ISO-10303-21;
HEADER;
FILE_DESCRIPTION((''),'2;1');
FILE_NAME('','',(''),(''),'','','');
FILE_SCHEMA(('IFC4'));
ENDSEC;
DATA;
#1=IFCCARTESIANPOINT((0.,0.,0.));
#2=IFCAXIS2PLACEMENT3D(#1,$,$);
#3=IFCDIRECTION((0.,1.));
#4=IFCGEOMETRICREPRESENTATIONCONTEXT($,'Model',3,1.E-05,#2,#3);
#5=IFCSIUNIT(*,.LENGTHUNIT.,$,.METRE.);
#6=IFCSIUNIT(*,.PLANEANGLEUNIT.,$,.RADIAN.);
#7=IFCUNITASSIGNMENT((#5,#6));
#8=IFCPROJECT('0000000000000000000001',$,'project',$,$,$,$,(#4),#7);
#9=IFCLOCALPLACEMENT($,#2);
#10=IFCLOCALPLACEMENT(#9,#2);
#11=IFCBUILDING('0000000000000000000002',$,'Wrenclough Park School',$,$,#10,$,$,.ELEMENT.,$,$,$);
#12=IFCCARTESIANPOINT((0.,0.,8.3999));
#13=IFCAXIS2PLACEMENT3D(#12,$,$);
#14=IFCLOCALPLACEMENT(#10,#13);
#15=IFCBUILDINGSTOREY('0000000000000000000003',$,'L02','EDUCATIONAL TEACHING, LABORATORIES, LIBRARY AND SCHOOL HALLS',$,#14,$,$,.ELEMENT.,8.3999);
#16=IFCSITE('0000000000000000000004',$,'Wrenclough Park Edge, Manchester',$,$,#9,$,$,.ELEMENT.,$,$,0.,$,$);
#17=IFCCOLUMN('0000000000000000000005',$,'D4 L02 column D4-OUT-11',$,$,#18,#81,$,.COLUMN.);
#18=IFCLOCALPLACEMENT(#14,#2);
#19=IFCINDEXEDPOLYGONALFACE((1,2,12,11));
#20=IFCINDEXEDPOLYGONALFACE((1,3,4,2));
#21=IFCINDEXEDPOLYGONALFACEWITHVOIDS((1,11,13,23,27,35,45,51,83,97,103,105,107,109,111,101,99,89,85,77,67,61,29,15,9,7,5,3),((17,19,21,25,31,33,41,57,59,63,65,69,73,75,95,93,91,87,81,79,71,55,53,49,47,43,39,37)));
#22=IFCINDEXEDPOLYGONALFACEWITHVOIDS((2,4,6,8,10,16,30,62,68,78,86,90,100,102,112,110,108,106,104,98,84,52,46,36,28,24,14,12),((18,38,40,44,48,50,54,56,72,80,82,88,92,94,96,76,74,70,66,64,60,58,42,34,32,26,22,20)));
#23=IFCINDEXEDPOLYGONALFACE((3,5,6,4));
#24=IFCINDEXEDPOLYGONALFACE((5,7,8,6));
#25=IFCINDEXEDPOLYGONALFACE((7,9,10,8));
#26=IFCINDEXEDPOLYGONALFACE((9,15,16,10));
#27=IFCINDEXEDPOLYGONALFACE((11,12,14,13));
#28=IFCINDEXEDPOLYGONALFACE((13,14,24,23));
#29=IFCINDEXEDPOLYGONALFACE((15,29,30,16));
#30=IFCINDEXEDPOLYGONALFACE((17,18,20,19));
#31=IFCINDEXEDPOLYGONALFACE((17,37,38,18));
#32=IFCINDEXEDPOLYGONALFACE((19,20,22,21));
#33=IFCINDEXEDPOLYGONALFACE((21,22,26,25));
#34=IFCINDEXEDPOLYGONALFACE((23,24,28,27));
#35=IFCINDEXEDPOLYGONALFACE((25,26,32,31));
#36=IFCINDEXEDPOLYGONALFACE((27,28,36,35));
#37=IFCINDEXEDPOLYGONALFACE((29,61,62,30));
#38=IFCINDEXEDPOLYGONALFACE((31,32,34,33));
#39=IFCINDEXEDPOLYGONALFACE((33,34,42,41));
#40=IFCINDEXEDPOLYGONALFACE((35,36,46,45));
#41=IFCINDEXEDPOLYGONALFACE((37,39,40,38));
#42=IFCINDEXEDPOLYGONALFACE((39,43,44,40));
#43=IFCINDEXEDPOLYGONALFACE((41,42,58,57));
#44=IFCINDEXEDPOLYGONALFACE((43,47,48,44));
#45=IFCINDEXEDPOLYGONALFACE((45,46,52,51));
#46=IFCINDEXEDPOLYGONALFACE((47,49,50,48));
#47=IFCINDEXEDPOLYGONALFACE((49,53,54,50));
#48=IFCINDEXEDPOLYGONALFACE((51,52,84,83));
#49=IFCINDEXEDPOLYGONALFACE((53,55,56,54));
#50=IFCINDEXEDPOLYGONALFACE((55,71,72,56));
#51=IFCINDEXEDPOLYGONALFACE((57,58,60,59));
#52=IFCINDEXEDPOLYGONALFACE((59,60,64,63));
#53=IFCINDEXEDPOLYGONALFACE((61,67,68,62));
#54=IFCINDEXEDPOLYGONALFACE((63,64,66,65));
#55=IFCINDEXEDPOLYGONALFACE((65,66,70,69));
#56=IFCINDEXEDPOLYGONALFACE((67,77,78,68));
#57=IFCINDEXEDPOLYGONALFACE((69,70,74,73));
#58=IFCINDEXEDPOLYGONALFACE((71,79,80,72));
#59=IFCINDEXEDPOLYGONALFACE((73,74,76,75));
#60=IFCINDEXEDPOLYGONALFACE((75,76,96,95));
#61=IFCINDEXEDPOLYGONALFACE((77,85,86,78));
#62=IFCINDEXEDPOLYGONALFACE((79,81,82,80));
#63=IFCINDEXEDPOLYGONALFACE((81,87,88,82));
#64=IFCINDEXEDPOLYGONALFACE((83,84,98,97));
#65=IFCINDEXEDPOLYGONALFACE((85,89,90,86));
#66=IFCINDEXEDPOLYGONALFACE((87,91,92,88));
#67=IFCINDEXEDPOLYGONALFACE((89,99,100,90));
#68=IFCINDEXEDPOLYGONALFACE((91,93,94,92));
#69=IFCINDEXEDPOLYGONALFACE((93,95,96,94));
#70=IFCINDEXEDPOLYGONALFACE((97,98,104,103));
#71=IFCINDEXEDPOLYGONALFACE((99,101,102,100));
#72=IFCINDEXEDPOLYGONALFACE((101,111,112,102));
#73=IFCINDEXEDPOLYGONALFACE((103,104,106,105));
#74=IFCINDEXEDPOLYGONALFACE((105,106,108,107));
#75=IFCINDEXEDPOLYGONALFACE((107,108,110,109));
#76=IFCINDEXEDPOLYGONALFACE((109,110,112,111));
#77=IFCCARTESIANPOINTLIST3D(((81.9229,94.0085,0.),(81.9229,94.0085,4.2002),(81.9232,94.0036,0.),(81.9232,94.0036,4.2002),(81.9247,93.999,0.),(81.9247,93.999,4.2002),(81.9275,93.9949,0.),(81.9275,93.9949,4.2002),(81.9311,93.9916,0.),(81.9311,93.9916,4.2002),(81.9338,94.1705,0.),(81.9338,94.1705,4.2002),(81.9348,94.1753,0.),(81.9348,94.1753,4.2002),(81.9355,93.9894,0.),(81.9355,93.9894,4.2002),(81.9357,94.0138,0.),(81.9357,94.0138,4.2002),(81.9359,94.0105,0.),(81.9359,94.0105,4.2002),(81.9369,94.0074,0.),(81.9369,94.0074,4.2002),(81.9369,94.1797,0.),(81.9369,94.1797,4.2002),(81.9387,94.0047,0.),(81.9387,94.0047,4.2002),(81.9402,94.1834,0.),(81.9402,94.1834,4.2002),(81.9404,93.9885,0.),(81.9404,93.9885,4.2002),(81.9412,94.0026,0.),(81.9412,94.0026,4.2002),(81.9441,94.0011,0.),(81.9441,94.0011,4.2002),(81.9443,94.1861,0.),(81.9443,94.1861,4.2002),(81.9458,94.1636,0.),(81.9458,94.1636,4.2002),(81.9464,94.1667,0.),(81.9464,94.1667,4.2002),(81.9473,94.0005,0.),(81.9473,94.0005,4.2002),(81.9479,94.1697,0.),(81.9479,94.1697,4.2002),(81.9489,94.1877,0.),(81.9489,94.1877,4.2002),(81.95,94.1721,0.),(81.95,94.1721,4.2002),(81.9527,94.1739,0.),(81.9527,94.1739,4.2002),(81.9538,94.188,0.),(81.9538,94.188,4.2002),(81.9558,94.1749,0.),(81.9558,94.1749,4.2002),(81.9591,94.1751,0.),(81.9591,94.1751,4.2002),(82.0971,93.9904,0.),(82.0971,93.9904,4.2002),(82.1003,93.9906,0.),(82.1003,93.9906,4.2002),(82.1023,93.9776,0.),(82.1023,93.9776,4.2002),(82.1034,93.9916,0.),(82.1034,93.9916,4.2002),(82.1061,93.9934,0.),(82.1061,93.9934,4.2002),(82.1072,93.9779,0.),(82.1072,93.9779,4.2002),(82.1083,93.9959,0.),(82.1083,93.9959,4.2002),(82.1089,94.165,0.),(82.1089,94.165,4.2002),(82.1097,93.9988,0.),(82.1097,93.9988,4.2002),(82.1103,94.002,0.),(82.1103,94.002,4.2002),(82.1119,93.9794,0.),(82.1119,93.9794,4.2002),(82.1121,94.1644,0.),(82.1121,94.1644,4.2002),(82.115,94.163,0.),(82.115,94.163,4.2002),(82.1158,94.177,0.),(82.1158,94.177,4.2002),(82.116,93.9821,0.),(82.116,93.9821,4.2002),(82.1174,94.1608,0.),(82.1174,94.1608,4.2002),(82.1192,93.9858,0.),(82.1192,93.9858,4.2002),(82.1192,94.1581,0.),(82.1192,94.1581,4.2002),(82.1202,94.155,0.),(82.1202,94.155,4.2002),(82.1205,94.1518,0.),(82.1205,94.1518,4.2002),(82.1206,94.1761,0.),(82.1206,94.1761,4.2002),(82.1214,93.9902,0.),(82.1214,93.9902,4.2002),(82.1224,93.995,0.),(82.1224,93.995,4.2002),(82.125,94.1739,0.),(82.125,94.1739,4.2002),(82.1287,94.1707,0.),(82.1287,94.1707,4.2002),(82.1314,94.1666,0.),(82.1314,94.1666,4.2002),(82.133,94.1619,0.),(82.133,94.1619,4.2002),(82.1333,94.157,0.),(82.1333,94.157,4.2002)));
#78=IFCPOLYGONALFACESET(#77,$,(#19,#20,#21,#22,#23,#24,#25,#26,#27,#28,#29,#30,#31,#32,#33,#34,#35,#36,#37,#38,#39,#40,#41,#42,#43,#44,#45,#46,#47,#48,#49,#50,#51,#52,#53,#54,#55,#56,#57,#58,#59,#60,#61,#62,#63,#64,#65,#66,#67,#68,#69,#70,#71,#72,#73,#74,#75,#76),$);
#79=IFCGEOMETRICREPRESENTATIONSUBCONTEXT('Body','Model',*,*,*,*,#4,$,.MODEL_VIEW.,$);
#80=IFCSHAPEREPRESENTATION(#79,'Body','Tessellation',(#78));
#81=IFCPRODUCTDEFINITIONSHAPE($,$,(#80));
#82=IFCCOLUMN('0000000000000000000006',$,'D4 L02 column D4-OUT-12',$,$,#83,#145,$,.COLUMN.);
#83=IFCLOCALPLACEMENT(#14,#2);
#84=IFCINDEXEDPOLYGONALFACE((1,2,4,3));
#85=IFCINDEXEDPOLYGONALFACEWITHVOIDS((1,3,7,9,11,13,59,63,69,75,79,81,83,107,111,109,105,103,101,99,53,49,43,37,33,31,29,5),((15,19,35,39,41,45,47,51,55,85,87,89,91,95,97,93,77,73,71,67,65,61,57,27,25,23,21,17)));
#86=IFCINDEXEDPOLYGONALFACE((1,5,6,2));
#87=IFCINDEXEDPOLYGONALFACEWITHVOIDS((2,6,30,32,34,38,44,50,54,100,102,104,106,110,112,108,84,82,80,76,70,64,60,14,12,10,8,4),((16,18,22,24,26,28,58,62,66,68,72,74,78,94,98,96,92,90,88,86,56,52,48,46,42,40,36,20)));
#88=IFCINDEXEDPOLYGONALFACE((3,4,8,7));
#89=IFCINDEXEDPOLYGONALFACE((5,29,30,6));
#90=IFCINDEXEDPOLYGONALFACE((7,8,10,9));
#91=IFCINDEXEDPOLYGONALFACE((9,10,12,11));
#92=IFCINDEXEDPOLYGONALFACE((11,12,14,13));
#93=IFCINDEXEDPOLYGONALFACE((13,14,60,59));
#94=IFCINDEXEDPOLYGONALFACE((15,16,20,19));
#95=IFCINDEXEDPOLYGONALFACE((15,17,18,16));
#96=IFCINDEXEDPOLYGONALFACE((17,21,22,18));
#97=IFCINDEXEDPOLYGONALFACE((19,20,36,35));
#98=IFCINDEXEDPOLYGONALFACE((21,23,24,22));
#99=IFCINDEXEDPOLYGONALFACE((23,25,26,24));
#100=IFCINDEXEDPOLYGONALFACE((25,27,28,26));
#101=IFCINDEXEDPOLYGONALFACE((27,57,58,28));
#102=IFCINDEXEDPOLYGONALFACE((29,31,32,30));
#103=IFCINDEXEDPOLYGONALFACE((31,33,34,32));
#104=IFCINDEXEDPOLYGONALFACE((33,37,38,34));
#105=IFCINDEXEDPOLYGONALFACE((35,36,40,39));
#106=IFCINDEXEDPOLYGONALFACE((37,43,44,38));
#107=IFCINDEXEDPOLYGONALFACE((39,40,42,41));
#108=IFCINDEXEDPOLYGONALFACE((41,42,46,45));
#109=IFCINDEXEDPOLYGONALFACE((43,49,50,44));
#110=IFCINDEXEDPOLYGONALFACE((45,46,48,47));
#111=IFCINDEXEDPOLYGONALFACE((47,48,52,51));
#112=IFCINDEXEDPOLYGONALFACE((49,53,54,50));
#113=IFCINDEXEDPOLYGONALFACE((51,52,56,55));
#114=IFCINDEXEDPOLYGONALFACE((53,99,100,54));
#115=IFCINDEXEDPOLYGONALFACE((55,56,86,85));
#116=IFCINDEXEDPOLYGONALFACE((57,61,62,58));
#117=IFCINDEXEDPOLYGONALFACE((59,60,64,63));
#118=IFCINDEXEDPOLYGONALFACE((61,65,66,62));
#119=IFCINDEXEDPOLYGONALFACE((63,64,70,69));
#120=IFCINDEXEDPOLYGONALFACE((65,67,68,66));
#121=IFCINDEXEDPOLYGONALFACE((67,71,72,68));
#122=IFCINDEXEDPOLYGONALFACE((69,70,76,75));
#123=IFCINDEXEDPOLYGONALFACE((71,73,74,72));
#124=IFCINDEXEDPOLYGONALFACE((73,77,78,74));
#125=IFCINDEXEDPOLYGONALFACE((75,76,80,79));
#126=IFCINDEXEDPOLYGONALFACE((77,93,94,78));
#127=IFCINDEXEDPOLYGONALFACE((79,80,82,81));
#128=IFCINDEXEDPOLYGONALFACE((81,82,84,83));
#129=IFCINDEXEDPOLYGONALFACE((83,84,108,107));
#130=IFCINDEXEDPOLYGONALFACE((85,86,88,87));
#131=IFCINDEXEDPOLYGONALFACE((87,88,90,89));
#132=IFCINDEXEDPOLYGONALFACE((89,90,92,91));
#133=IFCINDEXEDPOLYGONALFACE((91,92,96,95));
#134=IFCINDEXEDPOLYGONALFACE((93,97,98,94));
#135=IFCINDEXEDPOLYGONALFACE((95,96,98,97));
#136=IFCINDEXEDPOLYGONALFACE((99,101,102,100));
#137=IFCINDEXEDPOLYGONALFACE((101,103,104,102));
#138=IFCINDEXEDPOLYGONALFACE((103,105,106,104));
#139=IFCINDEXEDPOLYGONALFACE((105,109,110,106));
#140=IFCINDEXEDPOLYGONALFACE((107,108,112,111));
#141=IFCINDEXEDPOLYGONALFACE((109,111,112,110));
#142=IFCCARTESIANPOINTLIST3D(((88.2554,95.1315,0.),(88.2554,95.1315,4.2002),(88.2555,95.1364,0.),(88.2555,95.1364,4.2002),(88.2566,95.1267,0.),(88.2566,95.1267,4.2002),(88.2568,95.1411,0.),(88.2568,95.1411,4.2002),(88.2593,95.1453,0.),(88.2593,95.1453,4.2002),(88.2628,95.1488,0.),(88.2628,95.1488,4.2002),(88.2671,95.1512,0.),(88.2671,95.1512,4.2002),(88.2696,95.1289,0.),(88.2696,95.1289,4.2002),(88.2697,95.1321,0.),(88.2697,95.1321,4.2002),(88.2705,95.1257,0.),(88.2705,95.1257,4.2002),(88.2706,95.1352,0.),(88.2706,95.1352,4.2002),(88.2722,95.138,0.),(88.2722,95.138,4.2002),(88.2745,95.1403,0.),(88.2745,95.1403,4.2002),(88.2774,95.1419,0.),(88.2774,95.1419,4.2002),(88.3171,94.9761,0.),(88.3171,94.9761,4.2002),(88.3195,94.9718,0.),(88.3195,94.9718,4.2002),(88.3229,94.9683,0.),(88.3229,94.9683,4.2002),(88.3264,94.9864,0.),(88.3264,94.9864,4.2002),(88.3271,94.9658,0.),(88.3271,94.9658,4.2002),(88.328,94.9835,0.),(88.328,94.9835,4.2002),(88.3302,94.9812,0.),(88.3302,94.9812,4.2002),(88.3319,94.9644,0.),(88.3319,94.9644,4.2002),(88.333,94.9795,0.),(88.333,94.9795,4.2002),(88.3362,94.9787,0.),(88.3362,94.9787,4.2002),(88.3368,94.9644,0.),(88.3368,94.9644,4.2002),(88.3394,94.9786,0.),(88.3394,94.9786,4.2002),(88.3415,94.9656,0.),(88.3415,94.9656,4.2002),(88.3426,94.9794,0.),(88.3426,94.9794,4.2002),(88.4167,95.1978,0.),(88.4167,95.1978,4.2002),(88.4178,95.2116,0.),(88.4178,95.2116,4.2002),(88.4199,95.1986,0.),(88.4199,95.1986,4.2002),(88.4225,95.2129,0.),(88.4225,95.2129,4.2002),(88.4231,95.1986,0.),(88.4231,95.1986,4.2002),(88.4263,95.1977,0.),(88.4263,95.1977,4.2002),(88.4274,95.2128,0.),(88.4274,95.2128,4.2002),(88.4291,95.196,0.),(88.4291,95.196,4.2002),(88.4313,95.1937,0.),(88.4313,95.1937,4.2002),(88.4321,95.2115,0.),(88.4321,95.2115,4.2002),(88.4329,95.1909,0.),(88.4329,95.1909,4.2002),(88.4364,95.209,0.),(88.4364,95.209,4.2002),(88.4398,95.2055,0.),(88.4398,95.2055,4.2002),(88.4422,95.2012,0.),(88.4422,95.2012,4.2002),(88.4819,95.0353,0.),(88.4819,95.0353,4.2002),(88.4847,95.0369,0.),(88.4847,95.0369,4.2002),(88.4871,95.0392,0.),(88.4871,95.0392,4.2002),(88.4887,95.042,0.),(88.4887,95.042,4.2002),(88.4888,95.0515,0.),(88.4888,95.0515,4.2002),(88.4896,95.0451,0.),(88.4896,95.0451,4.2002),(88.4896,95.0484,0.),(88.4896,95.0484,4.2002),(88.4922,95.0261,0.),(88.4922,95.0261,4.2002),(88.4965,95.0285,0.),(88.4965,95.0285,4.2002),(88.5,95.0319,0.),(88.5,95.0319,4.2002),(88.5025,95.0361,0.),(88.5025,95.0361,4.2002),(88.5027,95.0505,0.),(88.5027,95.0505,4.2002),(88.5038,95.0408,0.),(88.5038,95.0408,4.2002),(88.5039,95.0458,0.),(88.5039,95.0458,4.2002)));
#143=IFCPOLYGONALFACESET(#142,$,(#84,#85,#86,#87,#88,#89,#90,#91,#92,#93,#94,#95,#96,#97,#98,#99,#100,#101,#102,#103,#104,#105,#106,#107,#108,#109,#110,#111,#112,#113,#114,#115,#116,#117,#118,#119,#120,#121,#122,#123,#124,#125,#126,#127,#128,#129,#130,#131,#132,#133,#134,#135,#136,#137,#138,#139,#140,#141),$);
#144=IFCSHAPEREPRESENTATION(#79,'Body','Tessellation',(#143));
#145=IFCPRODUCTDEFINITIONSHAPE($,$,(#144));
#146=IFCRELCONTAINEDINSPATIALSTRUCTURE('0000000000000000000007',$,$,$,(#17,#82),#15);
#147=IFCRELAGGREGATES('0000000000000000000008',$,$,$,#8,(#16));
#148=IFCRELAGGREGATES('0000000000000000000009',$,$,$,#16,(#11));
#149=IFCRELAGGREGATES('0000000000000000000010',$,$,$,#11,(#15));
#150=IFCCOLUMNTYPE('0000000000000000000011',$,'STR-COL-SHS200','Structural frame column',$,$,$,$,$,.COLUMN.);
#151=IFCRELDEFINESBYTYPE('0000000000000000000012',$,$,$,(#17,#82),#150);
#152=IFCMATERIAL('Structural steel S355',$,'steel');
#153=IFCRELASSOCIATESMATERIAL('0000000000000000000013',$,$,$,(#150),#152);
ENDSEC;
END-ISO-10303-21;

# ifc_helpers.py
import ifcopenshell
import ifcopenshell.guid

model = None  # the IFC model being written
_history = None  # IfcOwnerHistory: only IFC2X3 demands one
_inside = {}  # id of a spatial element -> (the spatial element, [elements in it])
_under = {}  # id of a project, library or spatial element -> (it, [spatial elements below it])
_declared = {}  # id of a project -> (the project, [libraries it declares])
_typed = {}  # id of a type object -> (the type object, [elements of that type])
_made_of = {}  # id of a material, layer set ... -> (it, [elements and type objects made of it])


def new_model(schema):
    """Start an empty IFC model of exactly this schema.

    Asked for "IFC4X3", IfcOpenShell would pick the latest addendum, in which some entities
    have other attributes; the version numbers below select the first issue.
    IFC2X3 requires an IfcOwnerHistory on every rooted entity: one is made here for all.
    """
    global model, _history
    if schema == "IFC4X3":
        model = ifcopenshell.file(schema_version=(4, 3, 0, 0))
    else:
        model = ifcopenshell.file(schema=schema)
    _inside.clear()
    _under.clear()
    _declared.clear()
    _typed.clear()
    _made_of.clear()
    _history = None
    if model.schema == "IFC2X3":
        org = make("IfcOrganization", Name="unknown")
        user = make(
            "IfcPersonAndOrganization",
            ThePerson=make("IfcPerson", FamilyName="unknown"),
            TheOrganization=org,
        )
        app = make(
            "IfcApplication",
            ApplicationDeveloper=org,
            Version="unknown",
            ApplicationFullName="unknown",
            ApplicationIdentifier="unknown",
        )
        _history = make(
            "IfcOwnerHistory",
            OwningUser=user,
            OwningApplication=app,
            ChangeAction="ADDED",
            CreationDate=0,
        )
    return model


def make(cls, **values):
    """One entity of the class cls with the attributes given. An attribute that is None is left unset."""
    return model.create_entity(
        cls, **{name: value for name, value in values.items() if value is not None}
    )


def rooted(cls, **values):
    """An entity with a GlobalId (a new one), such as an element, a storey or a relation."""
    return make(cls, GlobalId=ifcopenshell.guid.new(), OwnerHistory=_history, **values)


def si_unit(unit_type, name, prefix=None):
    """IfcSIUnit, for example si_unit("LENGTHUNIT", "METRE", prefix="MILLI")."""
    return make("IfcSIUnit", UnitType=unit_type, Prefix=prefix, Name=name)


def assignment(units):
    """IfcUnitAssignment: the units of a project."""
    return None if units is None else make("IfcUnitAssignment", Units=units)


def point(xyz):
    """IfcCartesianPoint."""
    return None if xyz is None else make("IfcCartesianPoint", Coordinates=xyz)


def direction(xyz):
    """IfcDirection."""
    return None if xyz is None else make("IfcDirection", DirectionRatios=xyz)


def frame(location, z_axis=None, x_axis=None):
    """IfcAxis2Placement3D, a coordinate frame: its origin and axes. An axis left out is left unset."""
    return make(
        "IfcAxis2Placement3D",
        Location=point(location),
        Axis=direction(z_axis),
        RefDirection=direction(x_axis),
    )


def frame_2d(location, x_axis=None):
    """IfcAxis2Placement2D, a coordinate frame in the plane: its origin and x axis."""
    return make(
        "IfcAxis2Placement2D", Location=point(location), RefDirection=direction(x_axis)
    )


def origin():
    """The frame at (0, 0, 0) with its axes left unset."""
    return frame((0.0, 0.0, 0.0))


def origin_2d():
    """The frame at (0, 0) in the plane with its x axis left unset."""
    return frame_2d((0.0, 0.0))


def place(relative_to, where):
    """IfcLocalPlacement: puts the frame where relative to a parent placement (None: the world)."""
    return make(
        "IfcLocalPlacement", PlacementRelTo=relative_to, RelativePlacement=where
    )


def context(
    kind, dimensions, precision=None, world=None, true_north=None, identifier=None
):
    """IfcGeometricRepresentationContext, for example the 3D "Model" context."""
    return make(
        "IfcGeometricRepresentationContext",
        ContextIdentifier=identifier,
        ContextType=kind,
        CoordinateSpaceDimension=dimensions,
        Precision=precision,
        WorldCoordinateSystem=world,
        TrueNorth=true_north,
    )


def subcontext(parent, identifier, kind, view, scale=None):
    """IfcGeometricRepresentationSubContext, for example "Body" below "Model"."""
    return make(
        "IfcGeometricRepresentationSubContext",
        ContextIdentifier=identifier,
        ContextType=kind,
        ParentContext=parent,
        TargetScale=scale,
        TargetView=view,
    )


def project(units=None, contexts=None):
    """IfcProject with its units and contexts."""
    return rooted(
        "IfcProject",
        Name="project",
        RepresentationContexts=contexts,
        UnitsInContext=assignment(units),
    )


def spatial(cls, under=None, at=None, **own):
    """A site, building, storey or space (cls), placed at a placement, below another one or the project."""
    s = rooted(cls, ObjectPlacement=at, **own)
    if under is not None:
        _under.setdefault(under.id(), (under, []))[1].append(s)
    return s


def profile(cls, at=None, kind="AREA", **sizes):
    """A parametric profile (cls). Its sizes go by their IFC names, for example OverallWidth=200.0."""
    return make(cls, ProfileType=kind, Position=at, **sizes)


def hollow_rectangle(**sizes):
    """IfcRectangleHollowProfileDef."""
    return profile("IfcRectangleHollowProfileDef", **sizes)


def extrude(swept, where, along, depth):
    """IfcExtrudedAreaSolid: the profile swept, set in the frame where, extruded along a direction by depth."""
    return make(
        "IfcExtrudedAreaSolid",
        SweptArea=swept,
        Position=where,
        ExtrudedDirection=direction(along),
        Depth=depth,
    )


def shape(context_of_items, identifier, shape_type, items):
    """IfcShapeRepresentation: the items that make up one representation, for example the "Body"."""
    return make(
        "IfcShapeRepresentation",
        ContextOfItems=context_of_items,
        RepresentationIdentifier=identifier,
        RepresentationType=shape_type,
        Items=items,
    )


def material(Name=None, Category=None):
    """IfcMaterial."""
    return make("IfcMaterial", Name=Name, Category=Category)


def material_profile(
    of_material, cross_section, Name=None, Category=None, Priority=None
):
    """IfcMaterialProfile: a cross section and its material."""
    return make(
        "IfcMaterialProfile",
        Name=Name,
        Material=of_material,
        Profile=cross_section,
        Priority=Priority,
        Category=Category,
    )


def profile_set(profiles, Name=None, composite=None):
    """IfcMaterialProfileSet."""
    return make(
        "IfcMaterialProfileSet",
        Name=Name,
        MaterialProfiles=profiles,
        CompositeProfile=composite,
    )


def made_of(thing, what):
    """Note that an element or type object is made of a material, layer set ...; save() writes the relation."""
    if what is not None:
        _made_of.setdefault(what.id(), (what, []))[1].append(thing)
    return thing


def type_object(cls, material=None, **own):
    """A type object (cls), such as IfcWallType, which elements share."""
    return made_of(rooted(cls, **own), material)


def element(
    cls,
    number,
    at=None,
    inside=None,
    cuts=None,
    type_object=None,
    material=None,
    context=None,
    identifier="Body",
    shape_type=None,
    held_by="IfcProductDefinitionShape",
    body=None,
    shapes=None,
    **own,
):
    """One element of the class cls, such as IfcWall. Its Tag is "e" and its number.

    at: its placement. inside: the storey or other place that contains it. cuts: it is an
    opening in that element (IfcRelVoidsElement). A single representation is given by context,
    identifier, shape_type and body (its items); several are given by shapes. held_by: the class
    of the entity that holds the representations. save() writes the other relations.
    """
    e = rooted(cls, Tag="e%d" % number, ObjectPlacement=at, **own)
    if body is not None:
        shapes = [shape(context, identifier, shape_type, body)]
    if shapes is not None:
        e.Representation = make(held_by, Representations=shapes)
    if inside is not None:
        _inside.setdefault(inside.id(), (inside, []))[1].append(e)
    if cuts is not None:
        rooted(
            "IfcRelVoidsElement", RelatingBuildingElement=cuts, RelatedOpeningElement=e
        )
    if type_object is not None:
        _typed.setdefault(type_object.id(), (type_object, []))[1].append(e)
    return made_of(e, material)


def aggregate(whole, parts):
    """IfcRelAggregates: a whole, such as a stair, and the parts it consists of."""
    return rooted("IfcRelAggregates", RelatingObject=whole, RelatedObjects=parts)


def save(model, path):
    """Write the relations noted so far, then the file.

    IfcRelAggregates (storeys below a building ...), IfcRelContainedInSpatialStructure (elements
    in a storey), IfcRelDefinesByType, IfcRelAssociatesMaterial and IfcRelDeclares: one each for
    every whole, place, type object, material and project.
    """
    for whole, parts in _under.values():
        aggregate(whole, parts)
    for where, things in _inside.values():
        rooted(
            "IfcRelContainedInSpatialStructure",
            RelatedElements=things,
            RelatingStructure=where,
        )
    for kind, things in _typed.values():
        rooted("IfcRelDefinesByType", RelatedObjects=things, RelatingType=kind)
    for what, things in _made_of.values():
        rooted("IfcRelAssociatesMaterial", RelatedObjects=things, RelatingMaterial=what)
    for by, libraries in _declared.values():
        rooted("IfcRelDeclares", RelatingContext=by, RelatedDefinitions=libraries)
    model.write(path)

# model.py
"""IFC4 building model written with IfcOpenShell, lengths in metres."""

from ifc_helpers import new_model, si_unit, direction, frame, origin, origin_2d, place, context, subcontext, project, spatial, hollow_rectangle, extrude, material, material_profile, profile_set, type_object, element, save


model = new_model("IFC4")

# Units and contexts
model_context = context("Model", 3, precision=1e-05, world=origin(), true_north=direction((0.0, 1.0)))
body_context = subcontext(model_context, "Body", "Model", "MODEL_VIEW")
ifc_project = project(units=[si_unit("LENGTHUNIT", "METRE"), si_unit("PLANEANGLEUNIT", "RADIAN")], contexts=[model_context])

# Site, building, storey
site_placement = place(None, origin())
site = spatial("IfcSite", under=ifc_project, at=site_placement, Name="Wrenclough Park Edge, Manchester", CompositionType="ELEMENT", RefElevation=0.0)
building_placement = place(site_placement, origin())
building = spatial("IfcBuilding", under=site, at=building_placement, Name="Wrenclough Park School", CompositionType="ELEMENT")
storey_placement = place(building_placement, frame((0.0, 0.0, 8.3999)))
storey = spatial("IfcBuildingStorey", under=building, at=storey_placement, Name="L02", Description="EDUCATIONAL TEACHING, LABORATORIES, LIBRARY AND SCHOOL HALLS", CompositionType="ELEMENT", Elevation=8.3999)

# Columns
ifc_material_1 = material(Name="Structural steel S355", Category="steel")
ifc_material_profile_1 = material_profile(ifc_material_1, hollow_rectangle(XDim=0.2, YDim=0.2, WallThickness=0.0125, InnerFilletRadius=0.0125, OuterFilletRadius=0.0188, at=origin_2d()), Name="SHS 200x200x12.5")
ifc_profile_set_1 = profile_set([ifc_material_profile_1], Name="Structural steel S355")
column_type = type_object("IfcColumnType", Name="STR-COL-SHS200", Description="Structural frame column", PredefinedType="COLUMN", material=ifc_profile_set_1)
for number, where, z_axis, x_axis, name in (
    (1, (82.0281, 94.0828, 0.0), (0.0, 0.0, 1.0), (0.997732, -0.067319, 0.0), "D4 L02 column D4-OUT-11"),
    (2, (88.3796, 95.0886, 0.0), (0.0, 0.0, 1.0), (0.928096, 0.37234, 0.0), "D4 L02 column D4-OUT-12"),
):
    element("IfcColumn", number, at=place(storey_placement, frame(where, z_axis=z_axis, x_axis=x_axis)), inside=storey, type_object=column_type, Name=name, PredefinedType="COLUMN", context=body_context, shape_type="SweptSolid", body=[
        extrude(hollow_rectangle(XDim=0.2, YDim=0.2, WallThickness=0.0125, InnerFilletRadius=0.0125, OuterFilletRadius=0.0188, at=origin_2d()), origin(), (0.0, 0.0, 1.0), 4.2002),
    ])

save(model, "model.ifc")
